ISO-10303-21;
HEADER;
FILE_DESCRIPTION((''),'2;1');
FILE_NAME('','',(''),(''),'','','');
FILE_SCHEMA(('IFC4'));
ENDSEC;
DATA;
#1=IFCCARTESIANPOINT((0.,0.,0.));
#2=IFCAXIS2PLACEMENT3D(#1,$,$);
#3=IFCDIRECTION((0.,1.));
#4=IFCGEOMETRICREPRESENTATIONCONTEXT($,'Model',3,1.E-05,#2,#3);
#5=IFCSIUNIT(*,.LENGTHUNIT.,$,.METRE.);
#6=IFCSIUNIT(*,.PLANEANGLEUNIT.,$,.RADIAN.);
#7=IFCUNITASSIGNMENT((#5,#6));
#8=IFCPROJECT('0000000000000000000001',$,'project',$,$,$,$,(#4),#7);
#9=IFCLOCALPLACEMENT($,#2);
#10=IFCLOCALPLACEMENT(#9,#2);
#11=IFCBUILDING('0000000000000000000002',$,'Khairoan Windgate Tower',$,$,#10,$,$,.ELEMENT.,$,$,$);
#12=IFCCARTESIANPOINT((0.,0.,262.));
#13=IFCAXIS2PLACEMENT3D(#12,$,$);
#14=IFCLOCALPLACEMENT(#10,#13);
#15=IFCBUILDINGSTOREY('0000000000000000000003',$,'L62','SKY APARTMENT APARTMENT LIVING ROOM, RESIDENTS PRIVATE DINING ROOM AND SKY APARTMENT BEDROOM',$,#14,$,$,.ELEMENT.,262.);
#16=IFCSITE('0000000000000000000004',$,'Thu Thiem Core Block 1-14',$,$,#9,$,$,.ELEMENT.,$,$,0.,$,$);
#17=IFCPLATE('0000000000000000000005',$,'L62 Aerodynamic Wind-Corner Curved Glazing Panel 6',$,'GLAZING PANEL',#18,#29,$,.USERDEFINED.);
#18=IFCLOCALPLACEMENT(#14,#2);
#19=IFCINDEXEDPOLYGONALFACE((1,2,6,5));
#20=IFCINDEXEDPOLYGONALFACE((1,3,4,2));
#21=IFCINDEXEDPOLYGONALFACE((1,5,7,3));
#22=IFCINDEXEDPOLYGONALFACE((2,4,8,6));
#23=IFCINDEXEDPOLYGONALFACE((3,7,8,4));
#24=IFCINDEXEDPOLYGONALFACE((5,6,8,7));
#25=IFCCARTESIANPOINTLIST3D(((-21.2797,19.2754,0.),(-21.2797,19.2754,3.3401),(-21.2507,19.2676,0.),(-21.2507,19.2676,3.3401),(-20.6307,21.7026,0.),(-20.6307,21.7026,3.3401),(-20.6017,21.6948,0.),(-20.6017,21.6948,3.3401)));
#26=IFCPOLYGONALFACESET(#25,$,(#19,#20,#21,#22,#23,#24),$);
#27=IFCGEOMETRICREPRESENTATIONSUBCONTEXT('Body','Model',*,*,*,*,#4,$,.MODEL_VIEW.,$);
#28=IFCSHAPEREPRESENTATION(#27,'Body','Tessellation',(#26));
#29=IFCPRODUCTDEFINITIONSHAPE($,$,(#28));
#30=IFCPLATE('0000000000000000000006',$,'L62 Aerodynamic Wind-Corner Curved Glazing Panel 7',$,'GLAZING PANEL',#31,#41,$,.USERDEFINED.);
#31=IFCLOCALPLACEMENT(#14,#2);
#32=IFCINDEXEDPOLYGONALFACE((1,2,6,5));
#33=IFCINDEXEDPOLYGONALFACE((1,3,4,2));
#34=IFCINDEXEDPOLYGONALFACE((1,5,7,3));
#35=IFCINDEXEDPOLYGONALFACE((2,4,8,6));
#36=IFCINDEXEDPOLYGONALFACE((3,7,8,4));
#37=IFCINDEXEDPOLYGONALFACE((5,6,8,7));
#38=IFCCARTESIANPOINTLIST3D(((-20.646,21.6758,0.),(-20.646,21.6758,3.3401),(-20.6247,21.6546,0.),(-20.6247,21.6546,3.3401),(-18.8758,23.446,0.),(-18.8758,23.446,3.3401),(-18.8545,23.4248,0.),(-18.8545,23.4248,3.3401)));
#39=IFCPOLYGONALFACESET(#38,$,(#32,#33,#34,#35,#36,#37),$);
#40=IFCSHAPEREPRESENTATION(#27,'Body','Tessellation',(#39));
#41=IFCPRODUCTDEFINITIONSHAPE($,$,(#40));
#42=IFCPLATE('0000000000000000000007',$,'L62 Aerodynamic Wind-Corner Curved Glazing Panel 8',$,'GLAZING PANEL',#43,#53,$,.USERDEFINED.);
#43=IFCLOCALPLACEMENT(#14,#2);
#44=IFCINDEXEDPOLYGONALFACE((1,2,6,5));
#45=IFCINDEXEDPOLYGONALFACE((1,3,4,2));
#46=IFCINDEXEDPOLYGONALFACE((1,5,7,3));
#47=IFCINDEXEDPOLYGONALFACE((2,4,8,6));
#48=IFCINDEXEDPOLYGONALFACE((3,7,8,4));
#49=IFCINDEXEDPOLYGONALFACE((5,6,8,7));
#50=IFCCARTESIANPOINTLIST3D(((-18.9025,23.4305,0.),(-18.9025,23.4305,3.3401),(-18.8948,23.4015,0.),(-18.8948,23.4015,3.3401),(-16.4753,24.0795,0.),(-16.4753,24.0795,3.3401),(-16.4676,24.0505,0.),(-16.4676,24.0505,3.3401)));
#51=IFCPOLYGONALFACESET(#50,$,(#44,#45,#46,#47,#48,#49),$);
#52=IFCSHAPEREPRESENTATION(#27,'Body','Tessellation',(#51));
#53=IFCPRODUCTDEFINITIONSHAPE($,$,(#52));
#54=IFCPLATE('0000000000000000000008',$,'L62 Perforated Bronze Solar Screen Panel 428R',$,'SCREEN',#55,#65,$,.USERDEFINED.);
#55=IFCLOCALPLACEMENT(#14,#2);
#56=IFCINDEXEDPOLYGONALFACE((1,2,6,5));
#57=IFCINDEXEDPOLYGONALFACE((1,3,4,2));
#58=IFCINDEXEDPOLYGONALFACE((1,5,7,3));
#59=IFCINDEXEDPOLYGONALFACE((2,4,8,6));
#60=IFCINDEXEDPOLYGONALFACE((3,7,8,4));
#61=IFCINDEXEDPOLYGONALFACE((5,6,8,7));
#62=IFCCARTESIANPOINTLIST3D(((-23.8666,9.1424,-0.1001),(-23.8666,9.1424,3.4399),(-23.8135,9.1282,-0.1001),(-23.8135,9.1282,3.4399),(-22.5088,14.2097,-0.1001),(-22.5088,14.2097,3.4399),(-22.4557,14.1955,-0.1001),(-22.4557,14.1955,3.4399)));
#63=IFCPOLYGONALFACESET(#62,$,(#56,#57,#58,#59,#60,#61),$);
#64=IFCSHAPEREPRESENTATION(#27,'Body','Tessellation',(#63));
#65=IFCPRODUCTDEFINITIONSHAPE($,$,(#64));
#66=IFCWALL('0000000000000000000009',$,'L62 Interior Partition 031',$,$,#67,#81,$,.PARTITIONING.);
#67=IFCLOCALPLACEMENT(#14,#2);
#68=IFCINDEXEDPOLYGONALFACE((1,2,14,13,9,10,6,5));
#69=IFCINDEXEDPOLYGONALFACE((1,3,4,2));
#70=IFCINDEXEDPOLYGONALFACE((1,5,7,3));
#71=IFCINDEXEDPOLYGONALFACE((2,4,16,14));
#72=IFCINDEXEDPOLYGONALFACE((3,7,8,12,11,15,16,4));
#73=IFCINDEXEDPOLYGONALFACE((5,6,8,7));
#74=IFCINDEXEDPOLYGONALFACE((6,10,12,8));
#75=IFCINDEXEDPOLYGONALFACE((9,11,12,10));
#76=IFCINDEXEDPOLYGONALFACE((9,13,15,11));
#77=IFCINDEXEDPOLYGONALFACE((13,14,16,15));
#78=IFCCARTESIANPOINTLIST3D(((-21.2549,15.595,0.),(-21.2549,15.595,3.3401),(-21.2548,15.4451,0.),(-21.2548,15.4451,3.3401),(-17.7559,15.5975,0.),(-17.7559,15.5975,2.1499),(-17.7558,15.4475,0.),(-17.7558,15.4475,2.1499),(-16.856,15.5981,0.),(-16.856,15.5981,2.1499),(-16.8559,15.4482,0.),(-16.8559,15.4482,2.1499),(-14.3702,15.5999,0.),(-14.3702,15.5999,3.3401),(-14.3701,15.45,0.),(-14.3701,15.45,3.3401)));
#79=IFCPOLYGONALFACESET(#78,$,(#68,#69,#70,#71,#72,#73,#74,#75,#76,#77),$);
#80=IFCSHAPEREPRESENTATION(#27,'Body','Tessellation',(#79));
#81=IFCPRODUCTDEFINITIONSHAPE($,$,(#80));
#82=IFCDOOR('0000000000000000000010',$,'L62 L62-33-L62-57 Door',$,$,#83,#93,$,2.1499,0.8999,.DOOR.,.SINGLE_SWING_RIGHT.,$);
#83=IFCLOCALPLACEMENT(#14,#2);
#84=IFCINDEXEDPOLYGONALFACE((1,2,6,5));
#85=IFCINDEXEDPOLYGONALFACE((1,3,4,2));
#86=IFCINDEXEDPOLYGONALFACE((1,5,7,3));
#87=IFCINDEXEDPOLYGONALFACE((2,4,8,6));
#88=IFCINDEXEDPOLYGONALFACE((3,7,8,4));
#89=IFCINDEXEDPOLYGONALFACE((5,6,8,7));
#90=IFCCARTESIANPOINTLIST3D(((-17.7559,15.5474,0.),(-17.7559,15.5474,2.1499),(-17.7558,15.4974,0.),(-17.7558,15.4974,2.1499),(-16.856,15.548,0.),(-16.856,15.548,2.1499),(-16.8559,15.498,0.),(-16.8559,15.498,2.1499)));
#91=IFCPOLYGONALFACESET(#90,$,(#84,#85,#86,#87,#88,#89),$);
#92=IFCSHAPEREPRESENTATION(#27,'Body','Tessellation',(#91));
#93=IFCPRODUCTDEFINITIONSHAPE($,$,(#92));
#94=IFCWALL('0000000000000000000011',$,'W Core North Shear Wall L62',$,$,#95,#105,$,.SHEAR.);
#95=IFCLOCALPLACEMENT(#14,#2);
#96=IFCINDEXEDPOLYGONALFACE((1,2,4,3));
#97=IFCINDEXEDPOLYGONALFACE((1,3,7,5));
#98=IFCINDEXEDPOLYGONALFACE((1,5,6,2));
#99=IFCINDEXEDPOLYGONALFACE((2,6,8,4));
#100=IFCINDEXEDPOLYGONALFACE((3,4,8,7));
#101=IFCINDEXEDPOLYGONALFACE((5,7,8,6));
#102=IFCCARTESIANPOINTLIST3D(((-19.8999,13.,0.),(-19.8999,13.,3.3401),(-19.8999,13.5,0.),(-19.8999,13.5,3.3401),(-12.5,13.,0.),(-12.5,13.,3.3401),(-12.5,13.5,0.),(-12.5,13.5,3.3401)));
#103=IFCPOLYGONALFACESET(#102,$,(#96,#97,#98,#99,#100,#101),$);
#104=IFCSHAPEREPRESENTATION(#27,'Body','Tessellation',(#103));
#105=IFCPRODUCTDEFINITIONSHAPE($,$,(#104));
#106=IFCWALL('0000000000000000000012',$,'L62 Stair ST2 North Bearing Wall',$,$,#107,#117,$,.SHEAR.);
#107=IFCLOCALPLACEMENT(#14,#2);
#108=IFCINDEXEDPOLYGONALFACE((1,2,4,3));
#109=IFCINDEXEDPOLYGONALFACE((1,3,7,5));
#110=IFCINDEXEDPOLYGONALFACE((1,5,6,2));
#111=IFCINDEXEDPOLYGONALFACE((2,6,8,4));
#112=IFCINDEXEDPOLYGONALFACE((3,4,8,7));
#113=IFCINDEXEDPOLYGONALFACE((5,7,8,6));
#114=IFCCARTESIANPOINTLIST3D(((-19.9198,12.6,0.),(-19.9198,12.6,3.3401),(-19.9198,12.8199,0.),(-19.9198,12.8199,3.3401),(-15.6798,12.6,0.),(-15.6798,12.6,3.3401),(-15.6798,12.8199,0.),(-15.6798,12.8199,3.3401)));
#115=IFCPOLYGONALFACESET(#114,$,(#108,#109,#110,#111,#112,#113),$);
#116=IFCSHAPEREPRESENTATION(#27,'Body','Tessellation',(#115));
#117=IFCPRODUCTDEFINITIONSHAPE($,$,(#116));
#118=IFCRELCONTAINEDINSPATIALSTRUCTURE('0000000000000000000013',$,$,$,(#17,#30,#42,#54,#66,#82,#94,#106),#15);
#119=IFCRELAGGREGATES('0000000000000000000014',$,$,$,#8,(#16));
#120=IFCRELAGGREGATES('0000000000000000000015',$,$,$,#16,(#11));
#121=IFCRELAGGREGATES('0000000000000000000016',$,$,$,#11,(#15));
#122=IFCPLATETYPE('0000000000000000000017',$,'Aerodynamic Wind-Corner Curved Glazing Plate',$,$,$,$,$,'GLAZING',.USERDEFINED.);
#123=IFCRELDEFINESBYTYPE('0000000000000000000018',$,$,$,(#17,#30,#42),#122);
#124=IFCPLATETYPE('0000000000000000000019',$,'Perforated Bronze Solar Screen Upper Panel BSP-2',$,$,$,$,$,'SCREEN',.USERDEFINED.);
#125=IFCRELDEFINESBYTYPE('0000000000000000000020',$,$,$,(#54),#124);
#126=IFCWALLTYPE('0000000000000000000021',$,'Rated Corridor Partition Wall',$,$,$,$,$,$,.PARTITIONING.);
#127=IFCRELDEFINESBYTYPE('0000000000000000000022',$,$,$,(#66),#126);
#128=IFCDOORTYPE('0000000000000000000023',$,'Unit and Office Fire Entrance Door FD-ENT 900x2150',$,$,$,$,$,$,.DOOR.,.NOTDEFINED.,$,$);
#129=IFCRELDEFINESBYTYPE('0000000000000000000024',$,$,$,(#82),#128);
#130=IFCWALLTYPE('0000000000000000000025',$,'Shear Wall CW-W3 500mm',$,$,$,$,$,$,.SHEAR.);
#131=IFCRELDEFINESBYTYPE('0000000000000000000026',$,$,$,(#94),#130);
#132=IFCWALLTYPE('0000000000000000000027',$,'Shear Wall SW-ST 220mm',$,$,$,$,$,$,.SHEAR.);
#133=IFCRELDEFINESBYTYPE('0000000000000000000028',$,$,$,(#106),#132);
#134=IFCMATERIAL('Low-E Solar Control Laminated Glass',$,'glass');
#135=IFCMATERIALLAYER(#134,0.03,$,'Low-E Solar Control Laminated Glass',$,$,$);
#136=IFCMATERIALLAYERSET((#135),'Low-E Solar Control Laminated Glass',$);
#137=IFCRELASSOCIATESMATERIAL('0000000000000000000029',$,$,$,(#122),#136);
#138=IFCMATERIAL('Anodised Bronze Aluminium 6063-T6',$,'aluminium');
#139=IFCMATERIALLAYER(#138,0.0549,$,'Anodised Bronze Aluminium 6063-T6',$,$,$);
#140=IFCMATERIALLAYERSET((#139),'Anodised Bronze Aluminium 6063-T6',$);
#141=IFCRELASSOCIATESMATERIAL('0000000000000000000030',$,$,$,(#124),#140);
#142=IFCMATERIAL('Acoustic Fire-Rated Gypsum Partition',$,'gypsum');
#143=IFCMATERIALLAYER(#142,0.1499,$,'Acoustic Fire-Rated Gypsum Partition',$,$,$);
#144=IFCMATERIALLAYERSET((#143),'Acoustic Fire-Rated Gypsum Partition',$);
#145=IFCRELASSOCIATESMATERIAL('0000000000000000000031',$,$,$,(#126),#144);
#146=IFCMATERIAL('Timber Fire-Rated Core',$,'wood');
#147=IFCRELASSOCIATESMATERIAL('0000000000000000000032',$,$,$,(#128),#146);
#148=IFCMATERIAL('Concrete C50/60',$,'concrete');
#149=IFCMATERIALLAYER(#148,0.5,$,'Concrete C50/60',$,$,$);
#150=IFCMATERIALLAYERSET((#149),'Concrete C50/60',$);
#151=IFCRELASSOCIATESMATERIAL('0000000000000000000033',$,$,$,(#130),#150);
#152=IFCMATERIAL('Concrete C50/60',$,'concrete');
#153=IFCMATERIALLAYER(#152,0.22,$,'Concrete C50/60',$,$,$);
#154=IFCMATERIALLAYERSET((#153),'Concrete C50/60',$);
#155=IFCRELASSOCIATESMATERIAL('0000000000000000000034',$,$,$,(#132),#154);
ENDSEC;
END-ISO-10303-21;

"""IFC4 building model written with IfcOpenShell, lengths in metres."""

from ifc_helpers import new_model, si_unit, direction, frame, frame_2d, origin, origin_2d, place, context, subcontext, project, spatial, rectangle, extrude, material, layer, layer_set, type_object, element, fill, save


model = new_model("IFC4")

# Units and contexts
model_context = context("Model", 3, precision=1e-05, world=origin(), true_north=direction((0.0, 1.0)))
body_context = subcontext(model_context, "Body", "Model", "MODEL_VIEW")
ifc_project = project(units=[si_unit("LENGTHUNIT", "METRE"), si_unit("PLANEANGLEUNIT", "RADIAN")], contexts=[model_context])

# Site, building, storey
site_placement = place(None, origin())
site = spatial("IfcSite", under=ifc_project, at=site_placement, Name="Thu Thiem Core Block 1-14", CompositionType="ELEMENT", RefElevation=0.0)
building_placement = place(site_placement, origin())
building = spatial("IfcBuilding", under=site, at=building_placement, Name="Khairoan Windgate Tower", CompositionType="ELEMENT")
storey_placement = place(building_placement, frame((0.0, 0.0, 262.0)))
storey = spatial("IfcBuildingStorey", under=building, at=storey_placement, Name="L62", Description="SKY APARTMENT APARTMENT LIVING ROOM, RESIDENTS PRIVATE DINING ROOM AND SKY APARTMENT BEDROOM", CompositionType="ELEMENT", Elevation=262.0)

# Plates
ifc_material_1 = material(Name="Low-E Solar Control Laminated Glass", Category="glass")
ifc_layer_1 = layer(ifc_material_1, 0.03, Name="Low-E Solar Control Laminated Glass")
ifc_layer_set_1 = layer_set([ifc_layer_1], Name="Low-E Solar Control Laminated Glass")
plate_type_1 = type_object("IfcPlateType", Name="Aerodynamic Wind-Corner Curved Glazing Plate", ElementType="GLAZING", PredefinedType="USERDEFINED", material=ifc_layer_set_1)
plate_1_placement = place(storey_placement, frame((-20.9407, 20.4851, 0.0), z_axis=(0.0, 0.0, 1.0), x_axis=(0.258313, 0.966061, 0.0)))
element("IfcPlate", 1, at=plate_1_placement, inside=storey, type_object=plate_type_1, Name="L62 Aerodynamic Wind-Corner Curved Glazing Panel 6", ObjectType="GLAZING PANEL", PredefinedType="USERDEFINED", context=body_context, shape_type="SweptSolid", body=[
    extrude(rectangle(XDim=2.5125, YDim=0.03, at=origin_2d()), origin(), (0.0, 0.0, 1.0), 3.3401),
])
plate_2_placement = place(storey_placement, frame((-19.7502, 22.5503, 0.0), z_axis=(0.0, 0.0, 1.0), x_axis=(0.707107, 0.707107, 0.0)))
element("IfcPlate", 2, at=plate_2_placement, inside=storey, type_object=plate_type_1, Name="L62 Aerodynamic Wind-Corner Curved Glazing Panel 7", ObjectType="GLAZING PANEL", PredefinedType="USERDEFINED", context=body_context, shape_type="SweptSolid", body=[
    extrude(rectangle(XDim=2.5034, YDim=0.03, at=origin_2d()), origin(), (0.0, 0.0, 1.0), 3.3401),
])
plate_3_placement = place(storey_placement, frame((-17.6851, 23.7405, 0.0), z_axis=(0.0, 0.0, 1.0), x_axis=(0.966061, 0.258313, 0.0)))
element("IfcPlate", 3, at=plate_3_placement, inside=storey, type_object=plate_type_1, Name="L62 Aerodynamic Wind-Corner Curved Glazing Panel 8", ObjectType="GLAZING PANEL", PredefinedType="USERDEFINED", context=body_context, shape_type="SweptSolid", body=[
    extrude(rectangle(XDim=2.5125, YDim=0.03, at=origin_2d()), origin(), (0.0, 0.0, 1.0), 3.3401),
])

# Plate
ifc_material_2 = material(Name="Anodised Bronze Aluminium 6063-T6", Category="aluminium")
ifc_layer_2 = layer(ifc_material_2, 0.0549, Name="Anodised Bronze Aluminium 6063-T6")
ifc_layer_set_2 = layer_set([ifc_layer_2], Name="Anodised Bronze Aluminium 6063-T6")
plate_type_2 = type_object("IfcPlateType", Name="Perforated Bronze Solar Screen Upper Panel BSP-2", ElementType="SCREEN", PredefinedType="USERDEFINED", material=ifc_layer_set_2)
plate_4_placement = place(storey_placement, frame((-23.1611, 11.6689, -0.1001), z_axis=(0.0, 0.0, 1.0), x_axis=(0.258819, 0.965926, 0.0)))
element("IfcPlate", 4, at=plate_4_placement, inside=storey, type_object=plate_type_2, Name="L62 Perforated Bronze Solar Screen Panel 428R", ObjectType="SCREEN", PredefinedType="USERDEFINED", context=body_context, shape_type="SweptSolid", body=[
    extrude(rectangle(XDim=5.2461, YDim=0.0549, at=origin_2d()), origin(), (0.0, 0.0, 1.0), 3.54),
])

# Wall, opening, door
ifc_material_3 = material(Name="Acoustic Fire-Rated Gypsum Partition", Category="gypsum")
ifc_layer_3 = layer(ifc_material_3, 0.1499, Name="Acoustic Fire-Rated Gypsum Partition")
ifc_layer_set_3 = layer_set([ifc_layer_3], Name="Acoustic Fire-Rated Gypsum Partition")
wall_type_1 = type_object("IfcWallType", Name="Rated Corridor Partition Wall", PredefinedType="PARTITIONING", material=ifc_layer_set_3)
wall_1_placement = place(storey_placement, frame((-21.2549, 15.52, 0.0), z_axis=(0.0, 0.0, 1.0), x_axis=(1.0, 0.000709, 0.0)))
wall_1 = element("IfcWall", 5, at=wall_1_placement, inside=storey, type_object=wall_type_1, Name="L62 Interior Partition 031", PredefinedType="PARTITIONING", context=body_context, shape_type="SweptSolid", body=[
    extrude(rectangle(XDim=6.8848, YDim=0.1499, at=frame_2d((3.4424, 0.0))), origin(), (0.0, 0.0, 1.0), 3.3401),
])
opening_placement = place(wall_1_placement, frame((3.499, 0.0, 0.0)))
opening = element("IfcOpeningElement", 6, at=opening_placement, cuts=wall_1, PredefinedType="OPENING", context=body_context, shape_type="SweptSolid", body=[
    extrude(rectangle(XDim=0.8999, YDim=2.1499, at=frame_2d((0.45, 1.075))), frame((0.0, 0.085, 0.0), z_axis=(0.0, -1.0, 0.0), x_axis=(1.0, 0.0, 0.0)), (0.0, 0.0, 1.0), 0.1699),
])
ifc_material_4 = material(Name="Timber Fire-Rated Core", Category="wood")
door_type = type_object("IfcDoorType", Name="Unit and Office Fire Entrance Door FD-ENT 900x2150", OperationType="NOTDEFINED", PredefinedType="DOOR", material=ifc_material_4)
door_placement = place(opening_placement, origin())
door = element("IfcDoor", 7, at=door_placement, inside=storey, type_object=door_type, Name="L62 L62-33-L62-57 Door", OperationType="SINGLE_SWING_RIGHT", OverallHeight=2.1499, OverallWidth=0.8999, PredefinedType="DOOR", context=body_context, shape_type="SweptSolid", body=[
    extrude(rectangle(XDim=0.8999, YDim=2.1499, at=frame_2d((0.45, 1.075))), frame((0.0, 0.0249, 0.0), z_axis=(0.0, -1.0, 0.0), x_axis=(1.0, 0.0, 0.0)), (0.0, 0.0, 1.0), 0.05),
])
fill(opening, door)

# Walls
ifc_material_5 = material(Name="Concrete C50/60", Category="concrete")
ifc_layer_4 = layer(ifc_material_5, 0.5, Name="Concrete C50/60")
ifc_layer_set_4 = layer_set([ifc_layer_4], Name="Concrete C50/60")
wall_type_2 = type_object("IfcWallType", Name="Shear Wall CW-W3 500mm", PredefinedType="SHEAR", material=ifc_layer_set_4)
wall_2_placement = place(storey_placement, frame((-19.8999, 13.25, 0.0), z_axis=(0.0, 0.0, 1.0), x_axis=(1.0, 0.0, 0.0)))
element("IfcWall", 8, at=wall_2_placement, inside=storey, type_object=wall_type_2, Name="W Core North Shear Wall L62", PredefinedType="SHEAR", context=body_context, shape_type="SweptSolid", body=[
    extrude(rectangle(XDim=7.3999, YDim=0.5, at=frame_2d((3.7, 0.0))), origin(), (0.0, 0.0, 1.0), 3.3401),
])
ifc_material_6 = material(Name="Concrete C50/60", Category="concrete")
ifc_layer_5 = layer(ifc_material_6, 0.22, Name="Concrete C50/60")
ifc_layer_set_5 = layer_set([ifc_layer_5], Name="Concrete C50/60")
wall_type_3 = type_object("IfcWallType", Name="Shear Wall SW-ST 220mm", PredefinedType="SHEAR", material=ifc_layer_set_5)
wall_3_placement = place(storey_placement, frame((-19.9199, 12.71, 0.0), z_axis=(0.0, 0.0, 1.0), x_axis=(1.0, 0.0, 0.0)))
element("IfcWall", 9, at=wall_3_placement, inside=storey, type_object=wall_type_3, Name="L62 Stair ST2 North Bearing Wall", PredefinedType="SHEAR", context=body_context, shape_type="SweptSolid", body=[
    extrude(rectangle(XDim=4.24, YDim=0.22, at=frame_2d((2.1201, 0.0))), origin(), (0.0, 0.0, 1.0), 3.3401),
])

save(model, "model.ifc")
